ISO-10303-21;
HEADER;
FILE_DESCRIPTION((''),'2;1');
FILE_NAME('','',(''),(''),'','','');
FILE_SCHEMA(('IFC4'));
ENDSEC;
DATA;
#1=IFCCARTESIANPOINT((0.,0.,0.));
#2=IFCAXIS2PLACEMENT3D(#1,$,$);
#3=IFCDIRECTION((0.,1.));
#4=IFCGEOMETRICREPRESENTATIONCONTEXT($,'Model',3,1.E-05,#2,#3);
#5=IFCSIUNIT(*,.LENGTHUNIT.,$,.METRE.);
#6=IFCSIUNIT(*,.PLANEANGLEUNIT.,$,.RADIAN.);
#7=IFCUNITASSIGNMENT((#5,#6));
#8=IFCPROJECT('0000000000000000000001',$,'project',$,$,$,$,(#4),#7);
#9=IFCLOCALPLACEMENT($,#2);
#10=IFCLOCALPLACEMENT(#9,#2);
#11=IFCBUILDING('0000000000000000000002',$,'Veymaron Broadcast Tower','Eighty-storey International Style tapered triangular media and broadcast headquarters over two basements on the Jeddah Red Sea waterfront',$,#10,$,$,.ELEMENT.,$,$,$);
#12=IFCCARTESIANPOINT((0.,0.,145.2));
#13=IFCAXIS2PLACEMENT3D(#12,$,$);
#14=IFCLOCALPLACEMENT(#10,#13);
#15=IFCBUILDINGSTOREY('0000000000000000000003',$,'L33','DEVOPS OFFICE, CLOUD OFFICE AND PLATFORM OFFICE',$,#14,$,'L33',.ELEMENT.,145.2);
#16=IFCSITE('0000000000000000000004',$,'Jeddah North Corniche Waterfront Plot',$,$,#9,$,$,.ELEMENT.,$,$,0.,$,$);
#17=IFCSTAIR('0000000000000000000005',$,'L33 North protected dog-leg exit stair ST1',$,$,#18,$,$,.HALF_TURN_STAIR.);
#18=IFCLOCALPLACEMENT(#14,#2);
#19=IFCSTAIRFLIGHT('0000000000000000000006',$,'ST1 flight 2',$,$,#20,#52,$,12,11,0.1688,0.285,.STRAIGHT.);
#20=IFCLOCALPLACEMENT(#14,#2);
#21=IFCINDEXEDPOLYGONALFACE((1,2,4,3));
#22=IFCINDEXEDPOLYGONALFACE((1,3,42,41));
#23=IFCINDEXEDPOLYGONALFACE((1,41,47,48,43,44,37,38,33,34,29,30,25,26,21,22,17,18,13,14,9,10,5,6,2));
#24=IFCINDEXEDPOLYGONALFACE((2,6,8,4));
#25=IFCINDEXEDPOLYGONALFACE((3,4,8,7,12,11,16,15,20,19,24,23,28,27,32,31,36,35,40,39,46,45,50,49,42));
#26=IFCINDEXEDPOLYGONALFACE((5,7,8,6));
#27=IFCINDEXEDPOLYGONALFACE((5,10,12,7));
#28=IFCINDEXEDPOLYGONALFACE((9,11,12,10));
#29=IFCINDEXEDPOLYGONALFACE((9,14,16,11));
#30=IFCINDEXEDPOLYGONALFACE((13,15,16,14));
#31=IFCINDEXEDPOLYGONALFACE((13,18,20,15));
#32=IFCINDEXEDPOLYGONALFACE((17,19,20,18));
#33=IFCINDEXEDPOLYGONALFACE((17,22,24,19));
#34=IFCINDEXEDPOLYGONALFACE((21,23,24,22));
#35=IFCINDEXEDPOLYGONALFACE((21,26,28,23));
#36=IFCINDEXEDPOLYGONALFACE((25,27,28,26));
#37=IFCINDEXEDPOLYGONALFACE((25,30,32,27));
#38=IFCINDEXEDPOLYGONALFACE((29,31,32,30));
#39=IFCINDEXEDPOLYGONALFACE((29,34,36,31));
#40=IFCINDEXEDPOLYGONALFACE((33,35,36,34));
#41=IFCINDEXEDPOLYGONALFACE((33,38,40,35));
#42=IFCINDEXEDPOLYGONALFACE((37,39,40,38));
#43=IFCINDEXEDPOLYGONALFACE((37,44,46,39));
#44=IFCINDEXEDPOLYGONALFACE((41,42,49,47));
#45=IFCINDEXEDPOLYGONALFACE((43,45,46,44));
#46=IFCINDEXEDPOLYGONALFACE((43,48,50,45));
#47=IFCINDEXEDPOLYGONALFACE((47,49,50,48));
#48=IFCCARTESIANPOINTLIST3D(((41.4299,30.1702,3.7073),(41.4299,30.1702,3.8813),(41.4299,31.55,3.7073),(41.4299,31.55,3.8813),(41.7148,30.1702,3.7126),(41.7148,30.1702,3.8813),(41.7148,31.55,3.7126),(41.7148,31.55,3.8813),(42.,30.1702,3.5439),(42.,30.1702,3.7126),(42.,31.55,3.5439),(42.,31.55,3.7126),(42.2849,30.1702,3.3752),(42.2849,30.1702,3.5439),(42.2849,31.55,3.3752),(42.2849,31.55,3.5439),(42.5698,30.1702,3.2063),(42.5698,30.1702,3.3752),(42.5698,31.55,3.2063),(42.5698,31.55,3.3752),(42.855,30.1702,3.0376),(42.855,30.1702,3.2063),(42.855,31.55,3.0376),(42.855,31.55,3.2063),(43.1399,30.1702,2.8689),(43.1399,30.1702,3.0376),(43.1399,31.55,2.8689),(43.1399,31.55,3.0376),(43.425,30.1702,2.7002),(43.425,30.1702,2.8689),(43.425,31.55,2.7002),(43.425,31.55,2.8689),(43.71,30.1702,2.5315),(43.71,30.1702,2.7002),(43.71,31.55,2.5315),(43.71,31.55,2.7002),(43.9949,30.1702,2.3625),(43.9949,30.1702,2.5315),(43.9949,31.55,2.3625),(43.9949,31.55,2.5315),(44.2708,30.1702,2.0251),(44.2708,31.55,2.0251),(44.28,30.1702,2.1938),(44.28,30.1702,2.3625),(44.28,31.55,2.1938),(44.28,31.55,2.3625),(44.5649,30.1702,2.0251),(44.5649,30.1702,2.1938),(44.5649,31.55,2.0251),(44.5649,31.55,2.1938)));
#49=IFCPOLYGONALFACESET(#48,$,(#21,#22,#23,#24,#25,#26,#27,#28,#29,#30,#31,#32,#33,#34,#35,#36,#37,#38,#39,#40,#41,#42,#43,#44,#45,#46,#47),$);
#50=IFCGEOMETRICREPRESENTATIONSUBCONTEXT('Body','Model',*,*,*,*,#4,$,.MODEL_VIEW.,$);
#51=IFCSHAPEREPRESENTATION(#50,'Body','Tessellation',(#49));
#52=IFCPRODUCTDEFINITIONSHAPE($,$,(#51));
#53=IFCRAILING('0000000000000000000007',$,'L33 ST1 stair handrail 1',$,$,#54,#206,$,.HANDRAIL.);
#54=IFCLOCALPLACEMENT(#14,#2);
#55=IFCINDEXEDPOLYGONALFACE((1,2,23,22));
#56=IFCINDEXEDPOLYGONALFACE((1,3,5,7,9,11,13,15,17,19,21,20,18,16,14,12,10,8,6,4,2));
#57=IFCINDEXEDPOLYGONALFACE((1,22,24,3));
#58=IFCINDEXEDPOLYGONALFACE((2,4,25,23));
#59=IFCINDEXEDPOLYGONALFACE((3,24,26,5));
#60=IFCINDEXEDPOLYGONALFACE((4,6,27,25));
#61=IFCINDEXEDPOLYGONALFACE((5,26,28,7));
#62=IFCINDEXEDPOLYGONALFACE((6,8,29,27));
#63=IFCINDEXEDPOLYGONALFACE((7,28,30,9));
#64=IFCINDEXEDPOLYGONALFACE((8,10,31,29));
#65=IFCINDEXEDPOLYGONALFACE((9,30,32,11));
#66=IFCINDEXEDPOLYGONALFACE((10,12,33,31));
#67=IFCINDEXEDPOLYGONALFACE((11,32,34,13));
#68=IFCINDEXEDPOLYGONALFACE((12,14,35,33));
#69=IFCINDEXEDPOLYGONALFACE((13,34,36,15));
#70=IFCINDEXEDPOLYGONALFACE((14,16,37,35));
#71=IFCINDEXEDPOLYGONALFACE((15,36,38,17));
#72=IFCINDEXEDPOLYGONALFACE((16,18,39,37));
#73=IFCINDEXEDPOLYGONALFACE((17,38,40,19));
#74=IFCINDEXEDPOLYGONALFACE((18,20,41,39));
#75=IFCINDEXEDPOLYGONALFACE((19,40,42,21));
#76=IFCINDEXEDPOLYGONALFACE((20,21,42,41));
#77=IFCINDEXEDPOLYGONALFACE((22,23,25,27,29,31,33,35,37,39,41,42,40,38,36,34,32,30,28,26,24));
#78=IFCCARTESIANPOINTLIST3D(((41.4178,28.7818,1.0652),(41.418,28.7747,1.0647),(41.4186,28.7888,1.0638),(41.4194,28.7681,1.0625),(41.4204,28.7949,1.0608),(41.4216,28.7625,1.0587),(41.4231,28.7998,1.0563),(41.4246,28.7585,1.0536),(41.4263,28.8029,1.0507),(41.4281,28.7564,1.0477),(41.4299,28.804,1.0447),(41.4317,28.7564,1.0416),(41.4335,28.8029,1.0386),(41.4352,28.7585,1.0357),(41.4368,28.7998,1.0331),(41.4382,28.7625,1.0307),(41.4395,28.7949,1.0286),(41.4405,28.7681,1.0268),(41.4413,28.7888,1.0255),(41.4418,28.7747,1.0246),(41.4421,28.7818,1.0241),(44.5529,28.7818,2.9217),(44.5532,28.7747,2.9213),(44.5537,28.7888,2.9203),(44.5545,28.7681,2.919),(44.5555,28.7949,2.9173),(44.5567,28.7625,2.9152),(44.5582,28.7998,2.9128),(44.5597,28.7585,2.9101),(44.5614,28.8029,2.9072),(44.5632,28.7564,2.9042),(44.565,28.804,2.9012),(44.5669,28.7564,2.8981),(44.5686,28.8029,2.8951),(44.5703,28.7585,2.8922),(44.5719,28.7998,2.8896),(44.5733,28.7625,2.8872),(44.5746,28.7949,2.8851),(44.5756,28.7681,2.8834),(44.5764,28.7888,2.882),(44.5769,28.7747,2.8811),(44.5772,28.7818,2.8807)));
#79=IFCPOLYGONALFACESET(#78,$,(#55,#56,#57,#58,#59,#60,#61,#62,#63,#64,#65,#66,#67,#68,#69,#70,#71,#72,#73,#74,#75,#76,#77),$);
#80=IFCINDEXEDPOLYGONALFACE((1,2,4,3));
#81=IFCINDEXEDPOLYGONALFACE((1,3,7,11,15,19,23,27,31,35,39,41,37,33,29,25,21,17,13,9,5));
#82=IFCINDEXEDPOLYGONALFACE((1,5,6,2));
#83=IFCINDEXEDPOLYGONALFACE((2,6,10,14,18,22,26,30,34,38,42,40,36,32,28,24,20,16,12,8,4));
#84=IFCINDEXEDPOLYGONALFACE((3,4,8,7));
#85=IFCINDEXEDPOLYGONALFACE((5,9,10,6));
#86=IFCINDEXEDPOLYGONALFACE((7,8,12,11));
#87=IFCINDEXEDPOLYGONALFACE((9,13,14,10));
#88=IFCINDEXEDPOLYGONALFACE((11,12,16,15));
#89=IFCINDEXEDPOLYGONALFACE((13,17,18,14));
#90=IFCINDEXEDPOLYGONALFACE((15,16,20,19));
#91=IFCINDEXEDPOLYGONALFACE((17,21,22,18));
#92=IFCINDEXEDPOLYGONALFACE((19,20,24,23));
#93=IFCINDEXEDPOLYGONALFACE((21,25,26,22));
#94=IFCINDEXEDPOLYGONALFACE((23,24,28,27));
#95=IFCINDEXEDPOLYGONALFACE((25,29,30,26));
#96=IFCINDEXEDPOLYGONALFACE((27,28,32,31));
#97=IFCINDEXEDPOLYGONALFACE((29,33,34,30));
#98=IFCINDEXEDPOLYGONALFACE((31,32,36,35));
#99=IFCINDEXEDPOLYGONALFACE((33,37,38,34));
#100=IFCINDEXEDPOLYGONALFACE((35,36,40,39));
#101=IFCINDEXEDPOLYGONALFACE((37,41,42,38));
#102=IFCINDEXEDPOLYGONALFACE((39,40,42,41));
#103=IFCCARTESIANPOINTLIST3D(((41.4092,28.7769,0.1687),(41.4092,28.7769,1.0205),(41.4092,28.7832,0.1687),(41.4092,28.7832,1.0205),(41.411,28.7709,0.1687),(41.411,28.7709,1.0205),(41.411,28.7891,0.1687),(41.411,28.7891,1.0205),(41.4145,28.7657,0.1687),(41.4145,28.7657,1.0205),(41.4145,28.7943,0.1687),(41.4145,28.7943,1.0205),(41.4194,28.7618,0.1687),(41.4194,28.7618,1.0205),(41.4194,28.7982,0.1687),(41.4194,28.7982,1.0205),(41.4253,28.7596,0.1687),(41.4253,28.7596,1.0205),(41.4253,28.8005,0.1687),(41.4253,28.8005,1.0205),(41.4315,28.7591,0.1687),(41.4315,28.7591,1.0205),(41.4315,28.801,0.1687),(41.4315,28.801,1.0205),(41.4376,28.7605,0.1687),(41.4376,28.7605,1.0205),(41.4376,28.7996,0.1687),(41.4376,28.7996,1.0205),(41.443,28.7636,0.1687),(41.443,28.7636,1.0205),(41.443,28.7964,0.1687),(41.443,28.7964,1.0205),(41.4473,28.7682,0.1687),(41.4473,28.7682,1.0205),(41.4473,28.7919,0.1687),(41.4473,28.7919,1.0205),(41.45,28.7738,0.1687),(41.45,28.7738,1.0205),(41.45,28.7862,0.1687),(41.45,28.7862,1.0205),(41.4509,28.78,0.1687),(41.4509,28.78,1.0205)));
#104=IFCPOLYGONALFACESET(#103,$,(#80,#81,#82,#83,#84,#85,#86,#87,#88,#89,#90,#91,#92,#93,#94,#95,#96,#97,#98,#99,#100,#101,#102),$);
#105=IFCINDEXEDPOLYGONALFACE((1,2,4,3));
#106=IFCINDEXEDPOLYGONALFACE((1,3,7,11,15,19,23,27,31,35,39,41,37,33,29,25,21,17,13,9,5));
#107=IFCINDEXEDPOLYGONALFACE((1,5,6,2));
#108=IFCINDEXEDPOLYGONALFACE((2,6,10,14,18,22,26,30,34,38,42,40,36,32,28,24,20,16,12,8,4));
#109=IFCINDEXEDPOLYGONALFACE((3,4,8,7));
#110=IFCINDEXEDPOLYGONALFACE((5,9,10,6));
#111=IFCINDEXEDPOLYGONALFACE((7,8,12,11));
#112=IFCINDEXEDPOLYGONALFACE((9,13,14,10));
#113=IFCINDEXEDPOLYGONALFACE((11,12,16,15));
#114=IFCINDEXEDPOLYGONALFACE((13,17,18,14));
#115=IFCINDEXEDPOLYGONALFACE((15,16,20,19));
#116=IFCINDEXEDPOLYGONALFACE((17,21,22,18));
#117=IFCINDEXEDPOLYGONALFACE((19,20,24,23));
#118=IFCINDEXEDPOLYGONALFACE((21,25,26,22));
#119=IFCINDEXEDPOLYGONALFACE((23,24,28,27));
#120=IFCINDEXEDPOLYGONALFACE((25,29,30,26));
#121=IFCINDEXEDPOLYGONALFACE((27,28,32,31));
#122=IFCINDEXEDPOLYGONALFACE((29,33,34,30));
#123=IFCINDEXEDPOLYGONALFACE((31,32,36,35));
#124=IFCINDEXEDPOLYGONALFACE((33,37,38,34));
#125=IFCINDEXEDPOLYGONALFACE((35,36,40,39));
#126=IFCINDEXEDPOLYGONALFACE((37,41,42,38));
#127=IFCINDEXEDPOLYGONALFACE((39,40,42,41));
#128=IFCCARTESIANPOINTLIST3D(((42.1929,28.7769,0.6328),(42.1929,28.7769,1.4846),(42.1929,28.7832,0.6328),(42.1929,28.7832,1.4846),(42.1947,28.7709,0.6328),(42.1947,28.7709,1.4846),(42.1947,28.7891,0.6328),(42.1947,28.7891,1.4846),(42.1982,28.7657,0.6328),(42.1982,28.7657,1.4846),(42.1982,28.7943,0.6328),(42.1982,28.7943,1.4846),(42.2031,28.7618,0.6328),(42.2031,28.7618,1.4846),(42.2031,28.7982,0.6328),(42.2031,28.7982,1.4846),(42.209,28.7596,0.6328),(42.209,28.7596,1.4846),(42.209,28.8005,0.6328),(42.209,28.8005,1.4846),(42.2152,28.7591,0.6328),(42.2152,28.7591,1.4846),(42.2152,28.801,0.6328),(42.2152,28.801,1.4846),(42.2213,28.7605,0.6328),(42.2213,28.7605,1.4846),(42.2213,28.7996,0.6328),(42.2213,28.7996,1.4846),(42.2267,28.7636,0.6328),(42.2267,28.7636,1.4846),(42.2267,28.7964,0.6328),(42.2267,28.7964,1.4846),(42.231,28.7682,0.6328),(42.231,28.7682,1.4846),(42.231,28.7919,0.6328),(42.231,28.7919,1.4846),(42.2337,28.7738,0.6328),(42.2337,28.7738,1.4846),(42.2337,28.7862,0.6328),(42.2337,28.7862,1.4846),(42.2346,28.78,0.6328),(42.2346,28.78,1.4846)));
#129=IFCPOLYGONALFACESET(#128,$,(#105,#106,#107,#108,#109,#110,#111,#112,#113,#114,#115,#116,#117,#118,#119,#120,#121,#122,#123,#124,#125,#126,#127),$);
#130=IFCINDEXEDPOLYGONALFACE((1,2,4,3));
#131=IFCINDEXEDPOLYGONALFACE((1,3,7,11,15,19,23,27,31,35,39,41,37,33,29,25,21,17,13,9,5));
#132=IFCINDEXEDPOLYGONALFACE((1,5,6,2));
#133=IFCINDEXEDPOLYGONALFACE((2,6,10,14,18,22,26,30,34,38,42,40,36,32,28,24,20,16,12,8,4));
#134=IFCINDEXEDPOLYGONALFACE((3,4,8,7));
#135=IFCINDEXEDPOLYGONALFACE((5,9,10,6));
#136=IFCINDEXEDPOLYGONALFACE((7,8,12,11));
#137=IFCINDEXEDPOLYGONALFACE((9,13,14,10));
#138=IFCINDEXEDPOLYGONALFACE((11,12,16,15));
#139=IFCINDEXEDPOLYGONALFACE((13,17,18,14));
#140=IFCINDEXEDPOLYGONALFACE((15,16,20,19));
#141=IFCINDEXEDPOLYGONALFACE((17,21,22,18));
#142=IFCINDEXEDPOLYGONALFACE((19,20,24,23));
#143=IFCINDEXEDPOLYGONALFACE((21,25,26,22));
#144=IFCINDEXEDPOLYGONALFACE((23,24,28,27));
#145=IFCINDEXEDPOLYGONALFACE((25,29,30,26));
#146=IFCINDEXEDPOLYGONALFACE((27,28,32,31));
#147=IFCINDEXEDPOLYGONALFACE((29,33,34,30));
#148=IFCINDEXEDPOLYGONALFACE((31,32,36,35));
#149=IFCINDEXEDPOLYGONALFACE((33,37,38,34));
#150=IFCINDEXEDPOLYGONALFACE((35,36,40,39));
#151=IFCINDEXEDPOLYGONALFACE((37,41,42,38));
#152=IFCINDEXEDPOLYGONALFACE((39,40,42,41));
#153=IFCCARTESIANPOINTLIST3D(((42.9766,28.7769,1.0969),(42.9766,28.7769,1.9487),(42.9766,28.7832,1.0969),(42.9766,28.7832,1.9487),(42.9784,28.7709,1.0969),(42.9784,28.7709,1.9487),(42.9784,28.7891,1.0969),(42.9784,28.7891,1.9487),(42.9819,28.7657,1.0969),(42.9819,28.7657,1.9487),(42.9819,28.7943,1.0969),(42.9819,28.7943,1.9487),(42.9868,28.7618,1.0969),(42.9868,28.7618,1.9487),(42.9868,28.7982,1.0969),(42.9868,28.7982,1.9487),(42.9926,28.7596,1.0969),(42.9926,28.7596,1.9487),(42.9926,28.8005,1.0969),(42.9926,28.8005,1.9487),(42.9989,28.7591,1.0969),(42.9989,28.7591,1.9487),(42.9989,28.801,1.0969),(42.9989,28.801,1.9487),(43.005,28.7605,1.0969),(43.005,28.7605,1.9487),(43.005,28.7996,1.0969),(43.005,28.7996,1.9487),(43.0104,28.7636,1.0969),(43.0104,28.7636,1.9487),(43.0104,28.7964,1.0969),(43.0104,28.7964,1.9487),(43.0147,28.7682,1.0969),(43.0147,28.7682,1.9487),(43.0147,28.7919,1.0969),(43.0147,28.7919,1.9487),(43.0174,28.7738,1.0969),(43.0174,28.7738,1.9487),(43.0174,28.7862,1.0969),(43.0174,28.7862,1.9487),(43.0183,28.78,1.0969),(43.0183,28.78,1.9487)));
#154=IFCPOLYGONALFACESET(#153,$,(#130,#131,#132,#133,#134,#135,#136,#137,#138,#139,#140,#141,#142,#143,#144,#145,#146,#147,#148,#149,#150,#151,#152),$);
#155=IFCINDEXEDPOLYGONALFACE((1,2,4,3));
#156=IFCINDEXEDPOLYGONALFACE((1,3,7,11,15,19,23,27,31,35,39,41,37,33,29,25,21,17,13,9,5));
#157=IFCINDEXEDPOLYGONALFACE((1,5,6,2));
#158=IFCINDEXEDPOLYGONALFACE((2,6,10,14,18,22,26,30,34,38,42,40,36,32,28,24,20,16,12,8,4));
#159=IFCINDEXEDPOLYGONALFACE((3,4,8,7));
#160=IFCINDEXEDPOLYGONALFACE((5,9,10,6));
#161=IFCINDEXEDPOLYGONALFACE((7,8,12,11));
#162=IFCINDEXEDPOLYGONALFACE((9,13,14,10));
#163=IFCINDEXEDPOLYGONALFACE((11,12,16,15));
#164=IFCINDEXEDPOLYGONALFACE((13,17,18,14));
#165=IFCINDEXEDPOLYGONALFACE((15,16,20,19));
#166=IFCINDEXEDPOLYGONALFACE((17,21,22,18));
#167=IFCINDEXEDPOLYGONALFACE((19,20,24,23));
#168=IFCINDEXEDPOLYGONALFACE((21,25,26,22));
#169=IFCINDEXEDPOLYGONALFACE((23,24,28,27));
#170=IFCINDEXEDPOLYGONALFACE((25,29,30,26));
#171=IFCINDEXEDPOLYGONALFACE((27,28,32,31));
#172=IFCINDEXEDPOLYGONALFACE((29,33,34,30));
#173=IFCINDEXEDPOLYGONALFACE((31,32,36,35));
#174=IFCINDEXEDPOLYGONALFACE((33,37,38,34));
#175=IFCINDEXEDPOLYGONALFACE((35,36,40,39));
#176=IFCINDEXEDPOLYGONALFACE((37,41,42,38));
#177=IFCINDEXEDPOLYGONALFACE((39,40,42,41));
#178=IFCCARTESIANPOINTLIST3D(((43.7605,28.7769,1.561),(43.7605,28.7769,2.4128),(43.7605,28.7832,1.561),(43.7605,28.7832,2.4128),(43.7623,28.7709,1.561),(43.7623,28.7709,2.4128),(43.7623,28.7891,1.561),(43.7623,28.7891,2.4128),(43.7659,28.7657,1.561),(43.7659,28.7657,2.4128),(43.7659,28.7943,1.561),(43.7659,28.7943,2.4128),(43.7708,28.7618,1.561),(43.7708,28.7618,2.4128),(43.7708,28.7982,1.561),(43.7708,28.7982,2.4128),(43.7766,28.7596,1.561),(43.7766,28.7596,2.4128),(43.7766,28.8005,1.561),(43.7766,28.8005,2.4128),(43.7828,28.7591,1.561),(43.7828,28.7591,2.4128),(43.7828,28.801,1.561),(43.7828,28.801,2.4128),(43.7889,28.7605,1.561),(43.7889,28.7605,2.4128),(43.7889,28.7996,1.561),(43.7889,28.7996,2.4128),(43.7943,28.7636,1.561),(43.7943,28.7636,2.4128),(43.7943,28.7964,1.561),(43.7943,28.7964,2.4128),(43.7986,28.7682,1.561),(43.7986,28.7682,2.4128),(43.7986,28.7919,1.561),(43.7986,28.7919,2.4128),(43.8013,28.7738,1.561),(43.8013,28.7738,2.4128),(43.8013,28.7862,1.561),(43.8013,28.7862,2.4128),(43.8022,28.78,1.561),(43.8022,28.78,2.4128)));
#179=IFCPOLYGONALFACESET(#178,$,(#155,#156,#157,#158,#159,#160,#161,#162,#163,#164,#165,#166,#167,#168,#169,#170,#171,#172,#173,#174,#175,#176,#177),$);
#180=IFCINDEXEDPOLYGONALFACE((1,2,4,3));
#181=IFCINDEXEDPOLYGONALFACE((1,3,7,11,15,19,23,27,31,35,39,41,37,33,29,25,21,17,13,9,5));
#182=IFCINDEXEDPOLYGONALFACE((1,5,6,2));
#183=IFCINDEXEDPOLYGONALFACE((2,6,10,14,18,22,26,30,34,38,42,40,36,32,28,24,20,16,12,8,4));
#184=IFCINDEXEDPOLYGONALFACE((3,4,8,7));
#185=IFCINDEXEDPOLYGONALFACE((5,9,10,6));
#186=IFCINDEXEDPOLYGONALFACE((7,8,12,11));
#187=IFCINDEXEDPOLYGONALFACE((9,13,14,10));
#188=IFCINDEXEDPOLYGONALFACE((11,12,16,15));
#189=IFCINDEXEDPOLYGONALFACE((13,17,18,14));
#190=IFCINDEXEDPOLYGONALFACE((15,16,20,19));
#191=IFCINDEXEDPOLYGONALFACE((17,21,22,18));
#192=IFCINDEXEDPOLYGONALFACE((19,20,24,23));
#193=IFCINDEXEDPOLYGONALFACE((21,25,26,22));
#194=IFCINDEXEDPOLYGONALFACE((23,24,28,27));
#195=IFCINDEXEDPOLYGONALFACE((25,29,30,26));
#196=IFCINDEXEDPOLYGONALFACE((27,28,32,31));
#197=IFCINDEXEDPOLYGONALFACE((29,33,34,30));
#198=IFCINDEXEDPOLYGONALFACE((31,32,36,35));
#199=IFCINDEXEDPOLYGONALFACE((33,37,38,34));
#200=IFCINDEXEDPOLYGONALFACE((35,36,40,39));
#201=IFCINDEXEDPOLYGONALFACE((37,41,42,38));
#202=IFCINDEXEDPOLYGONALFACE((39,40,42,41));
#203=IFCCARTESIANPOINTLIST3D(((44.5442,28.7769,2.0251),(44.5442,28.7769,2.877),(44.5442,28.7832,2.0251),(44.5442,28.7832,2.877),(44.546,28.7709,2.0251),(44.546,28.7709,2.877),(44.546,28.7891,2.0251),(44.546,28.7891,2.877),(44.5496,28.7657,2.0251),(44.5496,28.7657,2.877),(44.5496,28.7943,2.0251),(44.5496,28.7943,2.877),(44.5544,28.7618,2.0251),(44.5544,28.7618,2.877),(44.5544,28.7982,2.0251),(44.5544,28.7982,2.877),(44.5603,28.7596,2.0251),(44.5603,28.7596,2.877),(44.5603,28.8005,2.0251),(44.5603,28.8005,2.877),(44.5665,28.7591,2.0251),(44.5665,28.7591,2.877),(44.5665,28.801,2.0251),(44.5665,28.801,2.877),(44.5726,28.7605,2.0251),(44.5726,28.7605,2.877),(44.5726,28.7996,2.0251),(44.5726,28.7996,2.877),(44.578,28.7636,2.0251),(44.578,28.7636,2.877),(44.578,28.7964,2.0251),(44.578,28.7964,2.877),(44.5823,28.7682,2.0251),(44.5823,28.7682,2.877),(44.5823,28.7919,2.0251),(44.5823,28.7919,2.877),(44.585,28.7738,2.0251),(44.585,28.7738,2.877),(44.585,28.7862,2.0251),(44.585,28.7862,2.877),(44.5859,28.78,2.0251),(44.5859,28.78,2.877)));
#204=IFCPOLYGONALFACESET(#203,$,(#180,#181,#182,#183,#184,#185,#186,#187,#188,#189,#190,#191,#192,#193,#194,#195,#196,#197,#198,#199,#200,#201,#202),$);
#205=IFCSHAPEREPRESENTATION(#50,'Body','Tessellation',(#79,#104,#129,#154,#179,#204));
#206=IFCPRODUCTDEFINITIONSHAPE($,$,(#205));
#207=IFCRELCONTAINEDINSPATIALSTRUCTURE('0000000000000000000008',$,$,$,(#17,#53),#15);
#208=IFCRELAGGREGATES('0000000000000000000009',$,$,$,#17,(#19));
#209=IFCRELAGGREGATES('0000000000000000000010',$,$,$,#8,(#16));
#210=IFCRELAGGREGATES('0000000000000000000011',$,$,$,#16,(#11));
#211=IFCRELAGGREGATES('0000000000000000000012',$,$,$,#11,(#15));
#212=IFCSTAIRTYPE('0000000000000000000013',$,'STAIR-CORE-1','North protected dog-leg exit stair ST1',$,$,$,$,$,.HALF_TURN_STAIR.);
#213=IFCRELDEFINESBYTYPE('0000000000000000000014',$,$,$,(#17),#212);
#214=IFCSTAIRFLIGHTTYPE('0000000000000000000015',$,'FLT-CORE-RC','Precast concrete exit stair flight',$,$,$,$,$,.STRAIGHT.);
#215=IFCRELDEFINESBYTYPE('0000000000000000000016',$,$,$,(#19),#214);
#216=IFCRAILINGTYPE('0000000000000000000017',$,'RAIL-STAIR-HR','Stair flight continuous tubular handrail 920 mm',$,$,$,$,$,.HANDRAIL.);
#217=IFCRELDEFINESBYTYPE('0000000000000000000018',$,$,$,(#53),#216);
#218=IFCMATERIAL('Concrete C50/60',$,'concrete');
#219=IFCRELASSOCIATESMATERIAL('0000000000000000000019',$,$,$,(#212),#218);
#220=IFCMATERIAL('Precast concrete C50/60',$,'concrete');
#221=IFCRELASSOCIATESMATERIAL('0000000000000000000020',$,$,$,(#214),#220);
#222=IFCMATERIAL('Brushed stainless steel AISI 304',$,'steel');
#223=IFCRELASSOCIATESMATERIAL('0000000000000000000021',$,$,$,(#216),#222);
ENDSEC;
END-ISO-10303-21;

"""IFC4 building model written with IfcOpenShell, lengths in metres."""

from ifc_helpers import new_model, si_unit, direction, frame, origin, origin_2d, place, context, subcontext, project, spatial, polyline, circle, outline, extrude, material, type_object, element, aggregate, save


model = new_model("IFC4")

# Units and contexts
model_context = context("Model", 3, precision=1e-05, world=origin(), true_north=direction((0.0, 1.0)))
body_context = subcontext(model_context, "Body", "Model", "MODEL_VIEW")
ifc_project = project(units=[si_unit("LENGTHUNIT", "METRE"), si_unit("PLANEANGLEUNIT", "RADIAN")], contexts=[model_context])

# Site, building, storey
site_placement = place(None, origin())
site = spatial("IfcSite", under=ifc_project, at=site_placement, Name="Jeddah North Corniche Waterfront Plot", CompositionType="ELEMENT", RefElevation=0.0)
building_placement = place(site_placement, origin())
building = spatial("IfcBuilding", under=site, at=building_placement, Name="Veymaron Broadcast Tower", Description="Eighty-storey International Style tapered triangular media and broadcast headquarters over two basements on the Jeddah Red Sea waterfront", CompositionType="ELEMENT")
storey_placement = place(building_placement, frame((0.0, 0.0, 145.2)))
storey = spatial("IfcBuildingStorey", under=building, at=storey_placement, Name="L33", Description="DEVOPS OFFICE, CLOUD OFFICE AND PLATFORM OFFICE", LongName="L33", CompositionType="ELEMENT", Elevation=145.2)

# Shared definitions
ifc_material_1 = material(Name="Brushed stainless steel AISI 304", Category="steel")

# Shared definitions
ifc_material_2 = material(Name="Concrete C50/60", Category="concrete")

# Stair, stair flight
stair_type = type_object("IfcStairType", Name="STAIR-CORE-1", Description="North protected dog-leg exit stair ST1", PredefinedType="HALF_TURN_STAIR", material=ifc_material_2)
stair_placement = place(storey_placement, origin())
stair = element("IfcStair", 1, at=stair_placement, inside=storey, type_object=stair_type, Name="L33 North protected dog-leg exit stair ST1", PredefinedType="HALF_TURN_STAIR")
ifc_material_3 = material(Name="Precast concrete C50/60", Category="concrete")
stair_flight_type = type_object("IfcStairFlightType", Name="FLT-CORE-RC", Description="Precast concrete exit stair flight", PredefinedType="STRAIGHT", material=ifc_material_3)
stair_flight_1_placement = place(storey_placement, frame((44.5649, 30.8601, 2.0251), z_axis=(0.0, 0.0, 1.0), x_axis=(-1.0, 0.0, 0.0)))
stair_flight_1 = element("IfcStairFlight", 2, at=stair_flight_1_placement, type_object=stair_flight_type, Name="ST1 flight 2", NumberOfRisers=12, NumberOfTreads=11, PredefinedType="STRAIGHT", RiserHeight=0.1688, TreadLength=0.285, context=body_context, shape_type="SweptSolid", body=[
    extrude(outline(polyline([(0.0, 0.0), (0.0, 0.1687), (0.2849, 0.1687), (0.2849, 0.3374), (0.5701, 0.3374), (0.5701, 0.5063), (0.855, 0.5063), (0.855, 0.675), (1.1399, 0.675), (1.1399, 0.8438), (1.425, 0.8438), (1.425, 1.0125), (1.71, 1.0125), (1.71, 1.1812), (1.9951, 1.1812), (1.9951, 1.3501), (2.28, 1.3501), (2.28, 1.5188), (2.5649, 1.5188), (2.5649, 1.6875), (2.8501, 1.6875), (2.8501, 1.8562), (3.135, 1.8562), (3.135, 2.0249), (3.135, 1.6821), (0.2942, 0.0), (0.0, 0.0)])), frame((0.0, 0.6899, 0.0), z_axis=(0.0, -1.0, 0.0), x_axis=(1.0, 0.0, 0.0)), (0.0, 0.0, 1.0), 1.3799),
])
aggregate(stair, [stair_flight_1])

# Railing
railing_type_1 = type_object("IfcRailingType", Name="RAIL-STAIR-HR", Description="Stair flight continuous tubular handrail 920 mm", PredefinedType="HANDRAIL", material=ifc_material_1)
railing_1_placement = place(storey_placement, frame((41.4299, 28.78, 0.1687)))
element("IfcRailing", 3, at=railing_1_placement, inside=storey, type_object=railing_type_1, Name="L33 ST1 stair handrail 1", PredefinedType="HANDRAIL", context=body_context, shape_type="SweptSolid", body=[
    extrude(circle(Radius=0.0239, at=origin_2d()), frame((0.0, 0.0, 0.876), z_axis=(0.860453, 0.0, 0.509531), x_axis=(0.0, 1.0, 0.0)), (0.0, 0.0, 1.0), 3.6436),
    extrude(circle(Radius=0.021, at=origin_2d()), origin(), (0.0, 0.0, 1.0), 0.8518),
    extrude(circle(Radius=0.021, at=origin_2d()), frame((0.7837, 0.0, 0.4641)), (0.0, 0.0, 1.0), 0.8518),
    extrude(circle(Radius=0.021, at=origin_2d()), frame((1.5674, 0.0, 0.9282)), (0.0, 0.0, 1.0), 0.8518),
    extrude(circle(Radius=0.021, at=origin_2d()), frame((2.3513, 0.0, 1.3923)), (0.0, 0.0, 1.0), 0.8518),
    extrude(circle(Radius=0.021, at=origin_2d()), frame((3.135, 0.0, 1.8564)), (0.0, 0.0, 1.0), 0.8518),
])

save(model, "model.ifc")
